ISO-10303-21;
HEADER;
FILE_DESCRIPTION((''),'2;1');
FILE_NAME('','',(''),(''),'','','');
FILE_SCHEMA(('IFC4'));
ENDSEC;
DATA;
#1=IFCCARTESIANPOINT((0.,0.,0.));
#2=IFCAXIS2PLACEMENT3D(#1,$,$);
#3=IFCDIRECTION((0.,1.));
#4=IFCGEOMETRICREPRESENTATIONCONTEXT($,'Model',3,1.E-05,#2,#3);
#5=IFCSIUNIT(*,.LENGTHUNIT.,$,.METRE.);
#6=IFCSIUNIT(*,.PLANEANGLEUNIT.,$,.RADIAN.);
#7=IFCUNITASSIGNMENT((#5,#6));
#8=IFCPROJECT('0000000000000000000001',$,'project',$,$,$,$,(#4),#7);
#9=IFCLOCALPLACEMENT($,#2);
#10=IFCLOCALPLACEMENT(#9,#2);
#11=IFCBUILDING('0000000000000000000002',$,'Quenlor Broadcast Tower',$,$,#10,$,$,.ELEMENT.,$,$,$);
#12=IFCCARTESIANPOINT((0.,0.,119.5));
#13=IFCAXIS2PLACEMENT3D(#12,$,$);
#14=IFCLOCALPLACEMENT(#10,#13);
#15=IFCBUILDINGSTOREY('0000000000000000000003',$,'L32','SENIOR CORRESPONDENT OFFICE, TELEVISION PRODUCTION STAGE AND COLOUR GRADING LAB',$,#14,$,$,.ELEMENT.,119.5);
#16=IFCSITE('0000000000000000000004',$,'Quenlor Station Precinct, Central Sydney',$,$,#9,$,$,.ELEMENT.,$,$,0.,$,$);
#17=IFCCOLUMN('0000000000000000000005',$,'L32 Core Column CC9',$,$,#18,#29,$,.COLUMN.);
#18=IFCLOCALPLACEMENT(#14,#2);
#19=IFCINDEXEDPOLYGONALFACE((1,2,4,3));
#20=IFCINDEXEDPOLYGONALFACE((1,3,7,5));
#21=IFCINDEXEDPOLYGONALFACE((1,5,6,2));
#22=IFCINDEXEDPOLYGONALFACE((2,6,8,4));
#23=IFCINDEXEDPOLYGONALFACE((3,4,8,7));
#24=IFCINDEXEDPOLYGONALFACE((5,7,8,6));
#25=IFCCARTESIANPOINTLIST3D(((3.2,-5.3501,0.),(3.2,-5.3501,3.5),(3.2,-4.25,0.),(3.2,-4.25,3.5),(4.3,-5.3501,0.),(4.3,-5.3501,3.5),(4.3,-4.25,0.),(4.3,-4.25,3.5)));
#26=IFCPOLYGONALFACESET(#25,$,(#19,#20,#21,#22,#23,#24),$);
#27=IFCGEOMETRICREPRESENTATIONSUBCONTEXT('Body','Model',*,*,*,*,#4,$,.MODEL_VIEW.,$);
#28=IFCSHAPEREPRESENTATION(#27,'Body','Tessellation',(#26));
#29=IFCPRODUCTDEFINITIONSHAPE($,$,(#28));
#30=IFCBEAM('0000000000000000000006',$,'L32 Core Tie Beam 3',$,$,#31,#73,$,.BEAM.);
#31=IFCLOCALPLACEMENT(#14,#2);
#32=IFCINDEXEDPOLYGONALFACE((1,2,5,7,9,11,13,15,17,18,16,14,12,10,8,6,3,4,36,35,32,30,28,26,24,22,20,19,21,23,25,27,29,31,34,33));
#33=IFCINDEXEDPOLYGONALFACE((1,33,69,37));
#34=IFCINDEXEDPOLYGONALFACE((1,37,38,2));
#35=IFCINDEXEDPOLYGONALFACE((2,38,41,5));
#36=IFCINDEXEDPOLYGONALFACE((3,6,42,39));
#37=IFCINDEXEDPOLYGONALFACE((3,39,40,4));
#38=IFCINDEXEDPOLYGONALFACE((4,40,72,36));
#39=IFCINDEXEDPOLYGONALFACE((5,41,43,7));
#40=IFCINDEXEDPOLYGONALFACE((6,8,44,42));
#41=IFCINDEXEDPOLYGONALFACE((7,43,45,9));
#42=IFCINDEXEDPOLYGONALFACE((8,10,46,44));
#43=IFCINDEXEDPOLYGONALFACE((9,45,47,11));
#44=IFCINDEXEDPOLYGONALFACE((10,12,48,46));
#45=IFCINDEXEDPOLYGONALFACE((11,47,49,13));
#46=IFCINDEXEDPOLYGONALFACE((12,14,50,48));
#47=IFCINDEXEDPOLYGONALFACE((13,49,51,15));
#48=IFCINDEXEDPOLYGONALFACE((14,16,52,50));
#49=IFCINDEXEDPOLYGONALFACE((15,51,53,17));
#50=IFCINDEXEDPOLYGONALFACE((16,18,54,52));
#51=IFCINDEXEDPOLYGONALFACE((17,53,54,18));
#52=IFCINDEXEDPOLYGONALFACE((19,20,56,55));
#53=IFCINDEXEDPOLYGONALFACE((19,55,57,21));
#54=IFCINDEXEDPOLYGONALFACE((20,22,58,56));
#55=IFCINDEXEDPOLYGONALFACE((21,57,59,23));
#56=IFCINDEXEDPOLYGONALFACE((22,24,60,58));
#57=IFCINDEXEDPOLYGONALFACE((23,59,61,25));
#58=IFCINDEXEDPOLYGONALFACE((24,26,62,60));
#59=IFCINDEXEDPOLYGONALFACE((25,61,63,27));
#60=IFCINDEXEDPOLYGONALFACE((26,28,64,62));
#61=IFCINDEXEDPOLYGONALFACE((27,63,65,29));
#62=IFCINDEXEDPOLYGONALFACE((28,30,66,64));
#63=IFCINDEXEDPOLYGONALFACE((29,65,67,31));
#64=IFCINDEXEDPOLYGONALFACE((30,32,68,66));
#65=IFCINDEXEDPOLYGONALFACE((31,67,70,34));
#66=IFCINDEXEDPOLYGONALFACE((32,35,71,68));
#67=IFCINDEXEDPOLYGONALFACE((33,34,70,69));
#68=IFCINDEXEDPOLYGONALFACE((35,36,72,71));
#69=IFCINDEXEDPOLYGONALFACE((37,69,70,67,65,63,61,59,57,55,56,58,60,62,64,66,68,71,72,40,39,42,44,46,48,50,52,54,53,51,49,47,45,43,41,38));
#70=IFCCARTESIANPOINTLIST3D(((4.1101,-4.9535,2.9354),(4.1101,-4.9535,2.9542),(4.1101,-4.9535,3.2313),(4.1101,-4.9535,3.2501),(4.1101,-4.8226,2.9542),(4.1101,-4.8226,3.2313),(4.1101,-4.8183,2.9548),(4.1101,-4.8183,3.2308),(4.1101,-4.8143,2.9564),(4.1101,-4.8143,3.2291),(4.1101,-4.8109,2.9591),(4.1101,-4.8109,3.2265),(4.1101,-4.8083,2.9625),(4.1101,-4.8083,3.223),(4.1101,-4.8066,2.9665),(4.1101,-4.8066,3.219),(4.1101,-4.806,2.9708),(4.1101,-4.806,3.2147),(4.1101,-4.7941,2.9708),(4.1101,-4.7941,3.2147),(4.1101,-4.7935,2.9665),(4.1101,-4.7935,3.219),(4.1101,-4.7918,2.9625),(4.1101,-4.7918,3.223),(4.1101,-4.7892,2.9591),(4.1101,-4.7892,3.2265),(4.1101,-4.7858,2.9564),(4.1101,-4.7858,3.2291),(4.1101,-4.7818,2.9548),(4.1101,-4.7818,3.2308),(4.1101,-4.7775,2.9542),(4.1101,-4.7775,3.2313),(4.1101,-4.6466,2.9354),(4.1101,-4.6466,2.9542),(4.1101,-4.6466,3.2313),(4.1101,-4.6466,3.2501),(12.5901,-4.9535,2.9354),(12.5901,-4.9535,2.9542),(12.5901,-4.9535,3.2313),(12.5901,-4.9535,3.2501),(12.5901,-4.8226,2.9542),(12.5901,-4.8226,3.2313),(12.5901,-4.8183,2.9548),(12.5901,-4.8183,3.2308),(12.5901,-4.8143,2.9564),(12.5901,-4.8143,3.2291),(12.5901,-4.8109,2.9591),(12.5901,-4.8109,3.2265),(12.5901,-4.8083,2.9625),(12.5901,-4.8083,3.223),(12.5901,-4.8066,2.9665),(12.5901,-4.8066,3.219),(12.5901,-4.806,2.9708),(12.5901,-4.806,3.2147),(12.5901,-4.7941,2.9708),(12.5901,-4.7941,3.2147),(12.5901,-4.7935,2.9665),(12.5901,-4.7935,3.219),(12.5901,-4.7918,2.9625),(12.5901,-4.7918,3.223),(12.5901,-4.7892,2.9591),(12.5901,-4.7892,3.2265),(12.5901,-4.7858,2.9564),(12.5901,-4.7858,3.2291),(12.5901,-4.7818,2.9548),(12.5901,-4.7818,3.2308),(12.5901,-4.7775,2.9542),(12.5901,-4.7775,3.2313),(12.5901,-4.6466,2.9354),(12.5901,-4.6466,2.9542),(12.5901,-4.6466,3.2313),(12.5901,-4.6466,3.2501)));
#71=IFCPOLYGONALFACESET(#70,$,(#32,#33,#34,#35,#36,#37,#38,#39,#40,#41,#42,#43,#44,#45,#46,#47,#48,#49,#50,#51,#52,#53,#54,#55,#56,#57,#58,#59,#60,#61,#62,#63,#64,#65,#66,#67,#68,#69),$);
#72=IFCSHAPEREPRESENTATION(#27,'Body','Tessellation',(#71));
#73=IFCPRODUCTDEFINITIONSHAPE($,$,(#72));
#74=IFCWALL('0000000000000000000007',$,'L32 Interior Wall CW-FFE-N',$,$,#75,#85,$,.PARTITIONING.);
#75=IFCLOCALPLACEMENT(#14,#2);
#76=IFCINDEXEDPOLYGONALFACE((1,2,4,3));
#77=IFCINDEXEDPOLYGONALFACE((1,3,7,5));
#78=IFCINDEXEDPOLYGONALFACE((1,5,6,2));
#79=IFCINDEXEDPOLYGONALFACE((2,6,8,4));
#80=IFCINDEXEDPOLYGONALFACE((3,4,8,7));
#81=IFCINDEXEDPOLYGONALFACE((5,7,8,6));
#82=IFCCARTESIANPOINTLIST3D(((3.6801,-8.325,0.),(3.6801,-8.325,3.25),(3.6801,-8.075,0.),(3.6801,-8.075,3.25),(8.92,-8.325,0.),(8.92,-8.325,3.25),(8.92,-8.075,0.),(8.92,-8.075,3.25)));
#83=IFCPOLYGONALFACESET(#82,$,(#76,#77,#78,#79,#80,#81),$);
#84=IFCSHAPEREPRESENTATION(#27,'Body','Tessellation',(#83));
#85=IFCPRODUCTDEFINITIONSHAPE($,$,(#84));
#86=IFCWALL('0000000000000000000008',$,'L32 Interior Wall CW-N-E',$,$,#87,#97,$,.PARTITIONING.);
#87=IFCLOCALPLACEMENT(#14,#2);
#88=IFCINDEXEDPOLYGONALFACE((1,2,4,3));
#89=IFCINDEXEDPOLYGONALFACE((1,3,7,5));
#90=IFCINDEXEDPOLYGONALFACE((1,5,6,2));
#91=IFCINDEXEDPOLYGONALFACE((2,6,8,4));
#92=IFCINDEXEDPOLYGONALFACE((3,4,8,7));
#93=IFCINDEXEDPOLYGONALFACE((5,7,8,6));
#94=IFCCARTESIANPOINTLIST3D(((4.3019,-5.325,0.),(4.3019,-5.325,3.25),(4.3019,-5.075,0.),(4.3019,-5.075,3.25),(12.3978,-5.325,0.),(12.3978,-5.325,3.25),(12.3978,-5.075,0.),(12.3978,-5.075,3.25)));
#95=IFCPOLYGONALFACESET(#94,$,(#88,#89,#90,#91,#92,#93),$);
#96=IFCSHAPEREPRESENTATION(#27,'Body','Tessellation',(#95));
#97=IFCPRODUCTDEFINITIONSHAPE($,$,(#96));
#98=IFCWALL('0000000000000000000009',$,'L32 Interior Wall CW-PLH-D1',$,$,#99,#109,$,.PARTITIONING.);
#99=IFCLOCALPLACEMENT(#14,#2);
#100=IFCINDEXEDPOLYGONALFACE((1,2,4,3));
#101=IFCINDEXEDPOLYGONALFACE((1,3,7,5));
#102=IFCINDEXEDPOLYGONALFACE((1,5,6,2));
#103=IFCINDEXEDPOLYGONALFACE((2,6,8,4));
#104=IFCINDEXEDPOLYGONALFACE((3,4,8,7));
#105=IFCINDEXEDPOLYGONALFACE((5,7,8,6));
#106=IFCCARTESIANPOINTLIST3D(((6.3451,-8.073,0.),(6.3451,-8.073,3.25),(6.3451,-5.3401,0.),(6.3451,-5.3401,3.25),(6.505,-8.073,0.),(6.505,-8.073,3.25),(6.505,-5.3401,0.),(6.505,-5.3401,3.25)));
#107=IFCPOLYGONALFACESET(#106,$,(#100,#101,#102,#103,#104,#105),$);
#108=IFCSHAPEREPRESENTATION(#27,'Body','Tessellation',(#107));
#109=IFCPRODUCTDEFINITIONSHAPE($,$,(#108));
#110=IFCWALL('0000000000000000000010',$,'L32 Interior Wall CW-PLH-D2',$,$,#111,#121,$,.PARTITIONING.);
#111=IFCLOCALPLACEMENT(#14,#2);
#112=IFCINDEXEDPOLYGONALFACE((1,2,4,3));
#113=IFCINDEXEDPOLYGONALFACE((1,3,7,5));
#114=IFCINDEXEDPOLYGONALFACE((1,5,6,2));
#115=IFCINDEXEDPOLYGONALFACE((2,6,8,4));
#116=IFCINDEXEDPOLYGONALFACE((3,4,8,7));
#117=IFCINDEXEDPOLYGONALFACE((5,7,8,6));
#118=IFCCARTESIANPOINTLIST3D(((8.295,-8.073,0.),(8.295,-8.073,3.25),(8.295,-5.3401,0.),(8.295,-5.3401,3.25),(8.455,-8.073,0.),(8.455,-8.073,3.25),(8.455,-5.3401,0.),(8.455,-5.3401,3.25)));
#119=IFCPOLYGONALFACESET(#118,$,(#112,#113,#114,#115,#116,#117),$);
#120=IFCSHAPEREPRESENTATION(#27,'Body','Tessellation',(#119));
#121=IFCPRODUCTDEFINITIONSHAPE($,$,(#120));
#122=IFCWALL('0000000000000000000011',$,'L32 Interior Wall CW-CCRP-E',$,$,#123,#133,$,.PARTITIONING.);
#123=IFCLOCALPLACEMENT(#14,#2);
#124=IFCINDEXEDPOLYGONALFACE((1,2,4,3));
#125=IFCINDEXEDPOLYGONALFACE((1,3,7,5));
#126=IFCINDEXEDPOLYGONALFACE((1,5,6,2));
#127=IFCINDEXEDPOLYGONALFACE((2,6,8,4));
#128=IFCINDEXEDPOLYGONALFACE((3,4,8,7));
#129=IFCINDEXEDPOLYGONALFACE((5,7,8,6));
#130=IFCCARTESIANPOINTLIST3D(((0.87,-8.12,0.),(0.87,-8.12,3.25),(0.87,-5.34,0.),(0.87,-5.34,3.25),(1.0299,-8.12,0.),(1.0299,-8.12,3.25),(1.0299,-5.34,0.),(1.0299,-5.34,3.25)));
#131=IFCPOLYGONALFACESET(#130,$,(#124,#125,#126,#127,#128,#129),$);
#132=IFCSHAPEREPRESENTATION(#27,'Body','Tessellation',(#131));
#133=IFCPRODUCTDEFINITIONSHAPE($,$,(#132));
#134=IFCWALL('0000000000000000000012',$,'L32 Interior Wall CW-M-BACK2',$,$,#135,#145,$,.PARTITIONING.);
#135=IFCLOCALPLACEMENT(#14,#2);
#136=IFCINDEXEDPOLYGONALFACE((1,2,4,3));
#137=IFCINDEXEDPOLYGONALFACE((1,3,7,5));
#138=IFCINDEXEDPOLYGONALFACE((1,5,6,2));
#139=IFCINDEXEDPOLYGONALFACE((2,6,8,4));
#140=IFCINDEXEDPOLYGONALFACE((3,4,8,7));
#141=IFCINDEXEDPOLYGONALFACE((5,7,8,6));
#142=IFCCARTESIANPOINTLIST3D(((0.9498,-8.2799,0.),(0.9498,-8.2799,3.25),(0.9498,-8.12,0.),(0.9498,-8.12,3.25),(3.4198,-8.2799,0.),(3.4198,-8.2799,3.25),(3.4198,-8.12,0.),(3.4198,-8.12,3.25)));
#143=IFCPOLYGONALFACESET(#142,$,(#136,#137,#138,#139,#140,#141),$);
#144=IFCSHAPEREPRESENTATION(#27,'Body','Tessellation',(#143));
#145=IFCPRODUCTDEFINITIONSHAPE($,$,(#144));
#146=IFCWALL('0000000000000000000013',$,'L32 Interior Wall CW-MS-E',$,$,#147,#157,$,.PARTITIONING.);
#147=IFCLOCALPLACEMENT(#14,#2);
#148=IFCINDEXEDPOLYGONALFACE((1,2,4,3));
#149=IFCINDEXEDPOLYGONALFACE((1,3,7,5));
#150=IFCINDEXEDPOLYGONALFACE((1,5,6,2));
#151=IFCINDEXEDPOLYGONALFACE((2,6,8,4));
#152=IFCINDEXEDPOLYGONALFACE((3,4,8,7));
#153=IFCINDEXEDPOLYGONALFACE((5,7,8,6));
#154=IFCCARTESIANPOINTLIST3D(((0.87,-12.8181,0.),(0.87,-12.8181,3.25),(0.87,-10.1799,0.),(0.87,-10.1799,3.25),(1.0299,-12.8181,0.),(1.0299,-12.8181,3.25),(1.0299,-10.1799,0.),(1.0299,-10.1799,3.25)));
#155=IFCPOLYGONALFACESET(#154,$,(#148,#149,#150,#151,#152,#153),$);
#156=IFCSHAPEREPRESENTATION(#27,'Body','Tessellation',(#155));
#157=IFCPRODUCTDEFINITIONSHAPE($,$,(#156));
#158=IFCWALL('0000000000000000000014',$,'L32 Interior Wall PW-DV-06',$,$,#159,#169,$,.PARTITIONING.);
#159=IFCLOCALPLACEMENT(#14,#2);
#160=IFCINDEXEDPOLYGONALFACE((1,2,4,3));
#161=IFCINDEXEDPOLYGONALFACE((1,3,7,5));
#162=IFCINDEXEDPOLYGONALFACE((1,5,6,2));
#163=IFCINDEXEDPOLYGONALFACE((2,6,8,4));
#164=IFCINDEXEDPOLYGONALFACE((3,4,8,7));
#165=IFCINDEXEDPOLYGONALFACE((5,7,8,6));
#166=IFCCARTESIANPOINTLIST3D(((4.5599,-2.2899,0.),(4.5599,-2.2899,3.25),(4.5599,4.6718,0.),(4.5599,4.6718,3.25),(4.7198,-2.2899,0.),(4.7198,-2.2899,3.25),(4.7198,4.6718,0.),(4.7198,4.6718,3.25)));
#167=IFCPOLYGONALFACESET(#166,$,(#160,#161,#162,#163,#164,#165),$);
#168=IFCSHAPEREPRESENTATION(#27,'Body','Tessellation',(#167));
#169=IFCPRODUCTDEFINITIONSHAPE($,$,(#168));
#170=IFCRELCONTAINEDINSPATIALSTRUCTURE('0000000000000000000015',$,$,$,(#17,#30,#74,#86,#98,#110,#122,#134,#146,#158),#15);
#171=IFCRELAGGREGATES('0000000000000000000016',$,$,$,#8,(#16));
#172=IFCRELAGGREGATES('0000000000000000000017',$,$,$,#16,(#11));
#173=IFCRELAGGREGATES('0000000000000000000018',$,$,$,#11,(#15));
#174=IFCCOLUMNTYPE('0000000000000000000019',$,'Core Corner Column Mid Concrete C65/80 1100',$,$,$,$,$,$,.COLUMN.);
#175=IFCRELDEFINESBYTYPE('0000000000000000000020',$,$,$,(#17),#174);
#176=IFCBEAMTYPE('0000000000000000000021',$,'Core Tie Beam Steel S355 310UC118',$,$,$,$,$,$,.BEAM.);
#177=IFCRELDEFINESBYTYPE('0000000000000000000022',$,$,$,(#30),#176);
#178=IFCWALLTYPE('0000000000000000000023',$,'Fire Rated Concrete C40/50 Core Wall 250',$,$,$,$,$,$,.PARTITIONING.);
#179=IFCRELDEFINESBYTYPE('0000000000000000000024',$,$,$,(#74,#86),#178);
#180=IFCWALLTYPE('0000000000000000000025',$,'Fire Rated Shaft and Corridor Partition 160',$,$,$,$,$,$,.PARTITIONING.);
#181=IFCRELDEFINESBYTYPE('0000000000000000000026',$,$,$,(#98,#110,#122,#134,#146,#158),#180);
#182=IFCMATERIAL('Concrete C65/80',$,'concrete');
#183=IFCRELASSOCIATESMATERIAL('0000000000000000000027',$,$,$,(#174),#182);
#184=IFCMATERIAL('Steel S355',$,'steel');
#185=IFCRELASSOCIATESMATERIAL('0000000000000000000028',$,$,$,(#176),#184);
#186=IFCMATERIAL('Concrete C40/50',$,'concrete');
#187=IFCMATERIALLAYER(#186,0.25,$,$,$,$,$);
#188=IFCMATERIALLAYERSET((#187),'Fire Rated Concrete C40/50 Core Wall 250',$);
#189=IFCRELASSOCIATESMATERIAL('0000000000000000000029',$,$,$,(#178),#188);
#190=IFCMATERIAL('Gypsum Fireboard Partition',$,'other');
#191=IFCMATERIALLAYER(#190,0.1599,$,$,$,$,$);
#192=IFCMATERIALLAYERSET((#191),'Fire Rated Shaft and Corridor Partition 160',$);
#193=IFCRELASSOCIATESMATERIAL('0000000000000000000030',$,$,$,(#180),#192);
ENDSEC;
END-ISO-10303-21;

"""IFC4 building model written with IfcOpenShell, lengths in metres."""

from ifc_helpers import new_model, si_unit, direction, frame, frame_2d, origin, origin_2d, place, context, subcontext, project, spatial, rectangle, i_section, extrude, material, layer, layer_set, material_profile, profile_set, type_object, element, save


model = new_model("IFC4")

# Units and contexts
model_context = context("Model", 3, precision=1e-05, world=origin(), true_north=direction((0.0, 1.0)))
body_context = subcontext(model_context, "Body", "Model", "MODEL_VIEW")
ifc_project = project(units=[si_unit("LENGTHUNIT", "METRE"), si_unit("PLANEANGLEUNIT", "RADIAN")], contexts=[model_context])

# Site, building, storey
site_placement = place(None, origin())
site = spatial("IfcSite", under=ifc_project, at=site_placement, Name="Quenlor Station Precinct, Central Sydney", CompositionType="ELEMENT", RefElevation=0.0)
building_placement = place(site_placement, origin())
building = spatial("IfcBuilding", under=site, at=building_placement, Name="Quenlor Broadcast Tower", CompositionType="ELEMENT")
storey_placement = place(building_placement, frame((0.0, 0.0, 119.5)))
storey = spatial("IfcBuildingStorey", under=building, at=storey_placement, Name="L32", Description="SENIOR CORRESPONDENT OFFICE, TELEVISION PRODUCTION STAGE AND COLOUR GRADING LAB", CompositionType="ELEMENT", Elevation=119.5)

# Column
ifc_material_1 = material(Name="Concrete C65/80", Category="concrete")
ifc_material_profile_1 = material_profile(ifc_material_1, rectangle(XDim=1.1001, YDim=1.1001, at=origin_2d()))
ifc_profile_set_1 = profile_set([ifc_material_profile_1], Name="Concrete C65/80 RC1100x1100")
column_type = type_object("IfcColumnType", Name="Core Corner Column Mid Concrete C65/80 1100", PredefinedType="COLUMN", material=ifc_profile_set_1)
column_placement = place(storey_placement, frame((3.75, -4.8, 0.0), z_axis=(0.0, 0.0, 1.0), x_axis=(1.0, 0.0, 0.0)))
element("IfcColumn", 1, at=column_placement, inside=storey, type_object=column_type, Name="L32 Core Column CC9", PredefinedType="COLUMN", context=body_context, shape_type="SweptSolid", body=[
    extrude(rectangle(XDim=1.1001, YDim=1.1001, at=origin_2d()), origin(), (0.0, 0.0, 1.0), 3.5),
])

# Beam
ifc_material_2 = material(Name="Steel S355", Category="steel")
ifc_material_profile_2 = material_profile(ifc_material_2, i_section(OverallWidth=0.3069, OverallDepth=0.3147, WebThickness=0.012, FlangeThickness=0.0188, FilletRadius=0.0166, at=origin_2d()))
ifc_profile_set_2 = profile_set([ifc_material_profile_2], Name="Steel S355 310UC118")
beam_type = type_object("IfcBeamType", Name="Core Tie Beam Steel S355 310UC118", PredefinedType="BEAM", material=ifc_profile_set_2)
beam_placement = place(storey_placement, frame((4.1101, -4.8, 3.0928), z_axis=(1.0, 0.0, 0.0), x_axis=(0.0, 1.0, 0.0)))
element("IfcBeam", 2, at=beam_placement, inside=storey, type_object=beam_type, Name="L32 Core Tie Beam 3", PredefinedType="BEAM", context=body_context, shape_type="SweptSolid", body=[
    extrude(i_section(OverallWidth=0.3069, OverallDepth=0.3147, WebThickness=0.012, FlangeThickness=0.0188, FilletRadius=0.0166, at=origin_2d()), origin(), (0.0, 0.0, 1.0), 8.48),
])

# Shared definitions
ifc_material_3 = material(Name="Concrete C40/50", Category="concrete")
ifc_layer_1 = layer(ifc_material_3, 0.25)
ifc_layer_set_1 = layer_set([ifc_layer_1], Name="Fire Rated Concrete C40/50 Core Wall 250")
wall_type_1 = type_object("IfcWallType", Name="Fire Rated Concrete C40/50 Core Wall 250", PredefinedType="PARTITIONING", material=ifc_layer_set_1)

# Walls
wall_1_placement = place(storey_placement, frame((3.6799, -8.2, 0.0), z_axis=(0.0, 0.0, 1.0), x_axis=(1.0, 0.0, 0.0)))
element("IfcWall", 3, at=wall_1_placement, inside=storey, type_object=wall_type_1, Name="L32 Interior Wall CW-FFE-N", PredefinedType="PARTITIONING", context=body_context, shape_type="SweptSolid", body=[
    extrude(rectangle(XDim=5.24, YDim=0.25, at=frame_2d((2.6201, 0.0))), origin(), (0.0, 0.0, 1.0), 3.25),
])
wall_2_placement = place(storey_placement, frame((4.302, -5.2, 0.0), z_axis=(0.0, 0.0, 1.0), x_axis=(1.0, 0.0, 0.0)))
element("IfcWall", 4, at=wall_2_placement, inside=storey, type_object=wall_type_1, Name="L32 Interior Wall CW-N-E", PredefinedType="PARTITIONING", context=body_context, shape_type="SweptSolid", body=[
    extrude(rectangle(XDim=8.0959, YDim=0.25, at=frame_2d((4.0479, 0.0))), origin(), (0.0, 0.0, 1.0), 3.25),
])

# Walls
ifc_material_4 = material(Name="Gypsum Fireboard Partition", Category="other")
ifc_layer_2 = layer(ifc_material_4, 0.1599)
ifc_layer_set_2 = layer_set([ifc_layer_2], Name="Fire Rated Shaft and Corridor Partition 160")
wall_type_2 = type_object("IfcWallType", Name="Fire Rated Shaft and Corridor Partition 160", PredefinedType="PARTITIONING", material=ifc_layer_set_2)
for number, where, z_axis, x_axis, name in (
    (5, (6.425, -8.073, 0.0), (0.0, 0.0, 1.0), (0.0, 1.0, 0.0), "L32 Interior Wall CW-PLH-D1"),
    (6, (8.375, -8.073, 0.0), (0.0, 0.0, 1.0), (0.0, 1.0, 0.0), "L32 Interior Wall CW-PLH-D2"),
):
    element("IfcWall", number, at=place(storey_placement, frame(where, z_axis=z_axis, x_axis=x_axis)), inside=storey, type_object=wall_type_2, Name=name, PredefinedType="PARTITIONING", context=body_context, shape_type="SweptSolid", body=[
        extrude(rectangle(XDim=2.7329, YDim=0.1599, at=frame_2d((1.3665, 0.0))), origin(), (0.0, 0.0, 1.0), 3.25),
    ])
wall_3_placement = place(storey_placement, frame((0.95, -8.1201, 0.0), z_axis=(0.0, 0.0, 1.0), x_axis=(0.0, 1.0, 0.0)))
element("IfcWall", 7, at=wall_3_placement, inside=storey, type_object=wall_type_2, Name="L32 Interior Wall CW-CCRP-E", PredefinedType="PARTITIONING", context=body_context, shape_type="SweptSolid", body=[
    extrude(rectangle(XDim=2.78, YDim=0.1599, at=frame_2d((1.3901, 0.0))), origin(), (0.0, 0.0, 1.0), 3.25),
])
wall_4_placement = place(storey_placement, frame((0.95, -8.2, 0.0), z_axis=(0.0, 0.0, 1.0), x_axis=(1.0, 0.0, 0.0)))
element("IfcWall", 8, at=wall_4_placement, inside=storey, type_object=wall_type_2, Name="L32 Interior Wall CW-M-BACK2", PredefinedType="PARTITIONING", context=body_context, shape_type="SweptSolid", body=[
    extrude(rectangle(XDim=2.47, YDim=0.1599, at=frame_2d((1.2349, 0.0))), origin(), (0.0, 0.0, 1.0), 3.25),
])
wall_5_placement = place(storey_placement, frame((0.95, -12.8181, 0.0), z_axis=(0.0, 0.0, 1.0), x_axis=(0.0, 1.0, 0.0)))
element("IfcWall", 9, at=wall_5_placement, inside=storey, type_object=wall_type_2, Name="L32 Interior Wall CW-MS-E", PredefinedType="PARTITIONING", context=body_context, shape_type="SweptSolid", body=[
    extrude(rectangle(XDim=2.6382, YDim=0.1599, at=frame_2d((1.3191, 0.0))), origin(), (0.0, 0.0, 1.0), 3.25),
])
wall_6_placement = place(storey_placement, frame((4.6399, -2.29, 0.0), z_axis=(0.0, 0.0, 1.0), x_axis=(0.0, 1.0, 0.0)))
element("IfcWall", 10, at=wall_6_placement, inside=storey, type_object=wall_type_2, Name="L32 Interior Wall PW-DV-06", PredefinedType="PARTITIONING", context=body_context, shape_type="SweptSolid", body=[
    extrude(rectangle(XDim=6.9617, YDim=0.1599, at=frame_2d((3.481, 0.0))), origin(), (0.0, 0.0, 1.0), 3.25),
])

save(model, "model.ifc")
